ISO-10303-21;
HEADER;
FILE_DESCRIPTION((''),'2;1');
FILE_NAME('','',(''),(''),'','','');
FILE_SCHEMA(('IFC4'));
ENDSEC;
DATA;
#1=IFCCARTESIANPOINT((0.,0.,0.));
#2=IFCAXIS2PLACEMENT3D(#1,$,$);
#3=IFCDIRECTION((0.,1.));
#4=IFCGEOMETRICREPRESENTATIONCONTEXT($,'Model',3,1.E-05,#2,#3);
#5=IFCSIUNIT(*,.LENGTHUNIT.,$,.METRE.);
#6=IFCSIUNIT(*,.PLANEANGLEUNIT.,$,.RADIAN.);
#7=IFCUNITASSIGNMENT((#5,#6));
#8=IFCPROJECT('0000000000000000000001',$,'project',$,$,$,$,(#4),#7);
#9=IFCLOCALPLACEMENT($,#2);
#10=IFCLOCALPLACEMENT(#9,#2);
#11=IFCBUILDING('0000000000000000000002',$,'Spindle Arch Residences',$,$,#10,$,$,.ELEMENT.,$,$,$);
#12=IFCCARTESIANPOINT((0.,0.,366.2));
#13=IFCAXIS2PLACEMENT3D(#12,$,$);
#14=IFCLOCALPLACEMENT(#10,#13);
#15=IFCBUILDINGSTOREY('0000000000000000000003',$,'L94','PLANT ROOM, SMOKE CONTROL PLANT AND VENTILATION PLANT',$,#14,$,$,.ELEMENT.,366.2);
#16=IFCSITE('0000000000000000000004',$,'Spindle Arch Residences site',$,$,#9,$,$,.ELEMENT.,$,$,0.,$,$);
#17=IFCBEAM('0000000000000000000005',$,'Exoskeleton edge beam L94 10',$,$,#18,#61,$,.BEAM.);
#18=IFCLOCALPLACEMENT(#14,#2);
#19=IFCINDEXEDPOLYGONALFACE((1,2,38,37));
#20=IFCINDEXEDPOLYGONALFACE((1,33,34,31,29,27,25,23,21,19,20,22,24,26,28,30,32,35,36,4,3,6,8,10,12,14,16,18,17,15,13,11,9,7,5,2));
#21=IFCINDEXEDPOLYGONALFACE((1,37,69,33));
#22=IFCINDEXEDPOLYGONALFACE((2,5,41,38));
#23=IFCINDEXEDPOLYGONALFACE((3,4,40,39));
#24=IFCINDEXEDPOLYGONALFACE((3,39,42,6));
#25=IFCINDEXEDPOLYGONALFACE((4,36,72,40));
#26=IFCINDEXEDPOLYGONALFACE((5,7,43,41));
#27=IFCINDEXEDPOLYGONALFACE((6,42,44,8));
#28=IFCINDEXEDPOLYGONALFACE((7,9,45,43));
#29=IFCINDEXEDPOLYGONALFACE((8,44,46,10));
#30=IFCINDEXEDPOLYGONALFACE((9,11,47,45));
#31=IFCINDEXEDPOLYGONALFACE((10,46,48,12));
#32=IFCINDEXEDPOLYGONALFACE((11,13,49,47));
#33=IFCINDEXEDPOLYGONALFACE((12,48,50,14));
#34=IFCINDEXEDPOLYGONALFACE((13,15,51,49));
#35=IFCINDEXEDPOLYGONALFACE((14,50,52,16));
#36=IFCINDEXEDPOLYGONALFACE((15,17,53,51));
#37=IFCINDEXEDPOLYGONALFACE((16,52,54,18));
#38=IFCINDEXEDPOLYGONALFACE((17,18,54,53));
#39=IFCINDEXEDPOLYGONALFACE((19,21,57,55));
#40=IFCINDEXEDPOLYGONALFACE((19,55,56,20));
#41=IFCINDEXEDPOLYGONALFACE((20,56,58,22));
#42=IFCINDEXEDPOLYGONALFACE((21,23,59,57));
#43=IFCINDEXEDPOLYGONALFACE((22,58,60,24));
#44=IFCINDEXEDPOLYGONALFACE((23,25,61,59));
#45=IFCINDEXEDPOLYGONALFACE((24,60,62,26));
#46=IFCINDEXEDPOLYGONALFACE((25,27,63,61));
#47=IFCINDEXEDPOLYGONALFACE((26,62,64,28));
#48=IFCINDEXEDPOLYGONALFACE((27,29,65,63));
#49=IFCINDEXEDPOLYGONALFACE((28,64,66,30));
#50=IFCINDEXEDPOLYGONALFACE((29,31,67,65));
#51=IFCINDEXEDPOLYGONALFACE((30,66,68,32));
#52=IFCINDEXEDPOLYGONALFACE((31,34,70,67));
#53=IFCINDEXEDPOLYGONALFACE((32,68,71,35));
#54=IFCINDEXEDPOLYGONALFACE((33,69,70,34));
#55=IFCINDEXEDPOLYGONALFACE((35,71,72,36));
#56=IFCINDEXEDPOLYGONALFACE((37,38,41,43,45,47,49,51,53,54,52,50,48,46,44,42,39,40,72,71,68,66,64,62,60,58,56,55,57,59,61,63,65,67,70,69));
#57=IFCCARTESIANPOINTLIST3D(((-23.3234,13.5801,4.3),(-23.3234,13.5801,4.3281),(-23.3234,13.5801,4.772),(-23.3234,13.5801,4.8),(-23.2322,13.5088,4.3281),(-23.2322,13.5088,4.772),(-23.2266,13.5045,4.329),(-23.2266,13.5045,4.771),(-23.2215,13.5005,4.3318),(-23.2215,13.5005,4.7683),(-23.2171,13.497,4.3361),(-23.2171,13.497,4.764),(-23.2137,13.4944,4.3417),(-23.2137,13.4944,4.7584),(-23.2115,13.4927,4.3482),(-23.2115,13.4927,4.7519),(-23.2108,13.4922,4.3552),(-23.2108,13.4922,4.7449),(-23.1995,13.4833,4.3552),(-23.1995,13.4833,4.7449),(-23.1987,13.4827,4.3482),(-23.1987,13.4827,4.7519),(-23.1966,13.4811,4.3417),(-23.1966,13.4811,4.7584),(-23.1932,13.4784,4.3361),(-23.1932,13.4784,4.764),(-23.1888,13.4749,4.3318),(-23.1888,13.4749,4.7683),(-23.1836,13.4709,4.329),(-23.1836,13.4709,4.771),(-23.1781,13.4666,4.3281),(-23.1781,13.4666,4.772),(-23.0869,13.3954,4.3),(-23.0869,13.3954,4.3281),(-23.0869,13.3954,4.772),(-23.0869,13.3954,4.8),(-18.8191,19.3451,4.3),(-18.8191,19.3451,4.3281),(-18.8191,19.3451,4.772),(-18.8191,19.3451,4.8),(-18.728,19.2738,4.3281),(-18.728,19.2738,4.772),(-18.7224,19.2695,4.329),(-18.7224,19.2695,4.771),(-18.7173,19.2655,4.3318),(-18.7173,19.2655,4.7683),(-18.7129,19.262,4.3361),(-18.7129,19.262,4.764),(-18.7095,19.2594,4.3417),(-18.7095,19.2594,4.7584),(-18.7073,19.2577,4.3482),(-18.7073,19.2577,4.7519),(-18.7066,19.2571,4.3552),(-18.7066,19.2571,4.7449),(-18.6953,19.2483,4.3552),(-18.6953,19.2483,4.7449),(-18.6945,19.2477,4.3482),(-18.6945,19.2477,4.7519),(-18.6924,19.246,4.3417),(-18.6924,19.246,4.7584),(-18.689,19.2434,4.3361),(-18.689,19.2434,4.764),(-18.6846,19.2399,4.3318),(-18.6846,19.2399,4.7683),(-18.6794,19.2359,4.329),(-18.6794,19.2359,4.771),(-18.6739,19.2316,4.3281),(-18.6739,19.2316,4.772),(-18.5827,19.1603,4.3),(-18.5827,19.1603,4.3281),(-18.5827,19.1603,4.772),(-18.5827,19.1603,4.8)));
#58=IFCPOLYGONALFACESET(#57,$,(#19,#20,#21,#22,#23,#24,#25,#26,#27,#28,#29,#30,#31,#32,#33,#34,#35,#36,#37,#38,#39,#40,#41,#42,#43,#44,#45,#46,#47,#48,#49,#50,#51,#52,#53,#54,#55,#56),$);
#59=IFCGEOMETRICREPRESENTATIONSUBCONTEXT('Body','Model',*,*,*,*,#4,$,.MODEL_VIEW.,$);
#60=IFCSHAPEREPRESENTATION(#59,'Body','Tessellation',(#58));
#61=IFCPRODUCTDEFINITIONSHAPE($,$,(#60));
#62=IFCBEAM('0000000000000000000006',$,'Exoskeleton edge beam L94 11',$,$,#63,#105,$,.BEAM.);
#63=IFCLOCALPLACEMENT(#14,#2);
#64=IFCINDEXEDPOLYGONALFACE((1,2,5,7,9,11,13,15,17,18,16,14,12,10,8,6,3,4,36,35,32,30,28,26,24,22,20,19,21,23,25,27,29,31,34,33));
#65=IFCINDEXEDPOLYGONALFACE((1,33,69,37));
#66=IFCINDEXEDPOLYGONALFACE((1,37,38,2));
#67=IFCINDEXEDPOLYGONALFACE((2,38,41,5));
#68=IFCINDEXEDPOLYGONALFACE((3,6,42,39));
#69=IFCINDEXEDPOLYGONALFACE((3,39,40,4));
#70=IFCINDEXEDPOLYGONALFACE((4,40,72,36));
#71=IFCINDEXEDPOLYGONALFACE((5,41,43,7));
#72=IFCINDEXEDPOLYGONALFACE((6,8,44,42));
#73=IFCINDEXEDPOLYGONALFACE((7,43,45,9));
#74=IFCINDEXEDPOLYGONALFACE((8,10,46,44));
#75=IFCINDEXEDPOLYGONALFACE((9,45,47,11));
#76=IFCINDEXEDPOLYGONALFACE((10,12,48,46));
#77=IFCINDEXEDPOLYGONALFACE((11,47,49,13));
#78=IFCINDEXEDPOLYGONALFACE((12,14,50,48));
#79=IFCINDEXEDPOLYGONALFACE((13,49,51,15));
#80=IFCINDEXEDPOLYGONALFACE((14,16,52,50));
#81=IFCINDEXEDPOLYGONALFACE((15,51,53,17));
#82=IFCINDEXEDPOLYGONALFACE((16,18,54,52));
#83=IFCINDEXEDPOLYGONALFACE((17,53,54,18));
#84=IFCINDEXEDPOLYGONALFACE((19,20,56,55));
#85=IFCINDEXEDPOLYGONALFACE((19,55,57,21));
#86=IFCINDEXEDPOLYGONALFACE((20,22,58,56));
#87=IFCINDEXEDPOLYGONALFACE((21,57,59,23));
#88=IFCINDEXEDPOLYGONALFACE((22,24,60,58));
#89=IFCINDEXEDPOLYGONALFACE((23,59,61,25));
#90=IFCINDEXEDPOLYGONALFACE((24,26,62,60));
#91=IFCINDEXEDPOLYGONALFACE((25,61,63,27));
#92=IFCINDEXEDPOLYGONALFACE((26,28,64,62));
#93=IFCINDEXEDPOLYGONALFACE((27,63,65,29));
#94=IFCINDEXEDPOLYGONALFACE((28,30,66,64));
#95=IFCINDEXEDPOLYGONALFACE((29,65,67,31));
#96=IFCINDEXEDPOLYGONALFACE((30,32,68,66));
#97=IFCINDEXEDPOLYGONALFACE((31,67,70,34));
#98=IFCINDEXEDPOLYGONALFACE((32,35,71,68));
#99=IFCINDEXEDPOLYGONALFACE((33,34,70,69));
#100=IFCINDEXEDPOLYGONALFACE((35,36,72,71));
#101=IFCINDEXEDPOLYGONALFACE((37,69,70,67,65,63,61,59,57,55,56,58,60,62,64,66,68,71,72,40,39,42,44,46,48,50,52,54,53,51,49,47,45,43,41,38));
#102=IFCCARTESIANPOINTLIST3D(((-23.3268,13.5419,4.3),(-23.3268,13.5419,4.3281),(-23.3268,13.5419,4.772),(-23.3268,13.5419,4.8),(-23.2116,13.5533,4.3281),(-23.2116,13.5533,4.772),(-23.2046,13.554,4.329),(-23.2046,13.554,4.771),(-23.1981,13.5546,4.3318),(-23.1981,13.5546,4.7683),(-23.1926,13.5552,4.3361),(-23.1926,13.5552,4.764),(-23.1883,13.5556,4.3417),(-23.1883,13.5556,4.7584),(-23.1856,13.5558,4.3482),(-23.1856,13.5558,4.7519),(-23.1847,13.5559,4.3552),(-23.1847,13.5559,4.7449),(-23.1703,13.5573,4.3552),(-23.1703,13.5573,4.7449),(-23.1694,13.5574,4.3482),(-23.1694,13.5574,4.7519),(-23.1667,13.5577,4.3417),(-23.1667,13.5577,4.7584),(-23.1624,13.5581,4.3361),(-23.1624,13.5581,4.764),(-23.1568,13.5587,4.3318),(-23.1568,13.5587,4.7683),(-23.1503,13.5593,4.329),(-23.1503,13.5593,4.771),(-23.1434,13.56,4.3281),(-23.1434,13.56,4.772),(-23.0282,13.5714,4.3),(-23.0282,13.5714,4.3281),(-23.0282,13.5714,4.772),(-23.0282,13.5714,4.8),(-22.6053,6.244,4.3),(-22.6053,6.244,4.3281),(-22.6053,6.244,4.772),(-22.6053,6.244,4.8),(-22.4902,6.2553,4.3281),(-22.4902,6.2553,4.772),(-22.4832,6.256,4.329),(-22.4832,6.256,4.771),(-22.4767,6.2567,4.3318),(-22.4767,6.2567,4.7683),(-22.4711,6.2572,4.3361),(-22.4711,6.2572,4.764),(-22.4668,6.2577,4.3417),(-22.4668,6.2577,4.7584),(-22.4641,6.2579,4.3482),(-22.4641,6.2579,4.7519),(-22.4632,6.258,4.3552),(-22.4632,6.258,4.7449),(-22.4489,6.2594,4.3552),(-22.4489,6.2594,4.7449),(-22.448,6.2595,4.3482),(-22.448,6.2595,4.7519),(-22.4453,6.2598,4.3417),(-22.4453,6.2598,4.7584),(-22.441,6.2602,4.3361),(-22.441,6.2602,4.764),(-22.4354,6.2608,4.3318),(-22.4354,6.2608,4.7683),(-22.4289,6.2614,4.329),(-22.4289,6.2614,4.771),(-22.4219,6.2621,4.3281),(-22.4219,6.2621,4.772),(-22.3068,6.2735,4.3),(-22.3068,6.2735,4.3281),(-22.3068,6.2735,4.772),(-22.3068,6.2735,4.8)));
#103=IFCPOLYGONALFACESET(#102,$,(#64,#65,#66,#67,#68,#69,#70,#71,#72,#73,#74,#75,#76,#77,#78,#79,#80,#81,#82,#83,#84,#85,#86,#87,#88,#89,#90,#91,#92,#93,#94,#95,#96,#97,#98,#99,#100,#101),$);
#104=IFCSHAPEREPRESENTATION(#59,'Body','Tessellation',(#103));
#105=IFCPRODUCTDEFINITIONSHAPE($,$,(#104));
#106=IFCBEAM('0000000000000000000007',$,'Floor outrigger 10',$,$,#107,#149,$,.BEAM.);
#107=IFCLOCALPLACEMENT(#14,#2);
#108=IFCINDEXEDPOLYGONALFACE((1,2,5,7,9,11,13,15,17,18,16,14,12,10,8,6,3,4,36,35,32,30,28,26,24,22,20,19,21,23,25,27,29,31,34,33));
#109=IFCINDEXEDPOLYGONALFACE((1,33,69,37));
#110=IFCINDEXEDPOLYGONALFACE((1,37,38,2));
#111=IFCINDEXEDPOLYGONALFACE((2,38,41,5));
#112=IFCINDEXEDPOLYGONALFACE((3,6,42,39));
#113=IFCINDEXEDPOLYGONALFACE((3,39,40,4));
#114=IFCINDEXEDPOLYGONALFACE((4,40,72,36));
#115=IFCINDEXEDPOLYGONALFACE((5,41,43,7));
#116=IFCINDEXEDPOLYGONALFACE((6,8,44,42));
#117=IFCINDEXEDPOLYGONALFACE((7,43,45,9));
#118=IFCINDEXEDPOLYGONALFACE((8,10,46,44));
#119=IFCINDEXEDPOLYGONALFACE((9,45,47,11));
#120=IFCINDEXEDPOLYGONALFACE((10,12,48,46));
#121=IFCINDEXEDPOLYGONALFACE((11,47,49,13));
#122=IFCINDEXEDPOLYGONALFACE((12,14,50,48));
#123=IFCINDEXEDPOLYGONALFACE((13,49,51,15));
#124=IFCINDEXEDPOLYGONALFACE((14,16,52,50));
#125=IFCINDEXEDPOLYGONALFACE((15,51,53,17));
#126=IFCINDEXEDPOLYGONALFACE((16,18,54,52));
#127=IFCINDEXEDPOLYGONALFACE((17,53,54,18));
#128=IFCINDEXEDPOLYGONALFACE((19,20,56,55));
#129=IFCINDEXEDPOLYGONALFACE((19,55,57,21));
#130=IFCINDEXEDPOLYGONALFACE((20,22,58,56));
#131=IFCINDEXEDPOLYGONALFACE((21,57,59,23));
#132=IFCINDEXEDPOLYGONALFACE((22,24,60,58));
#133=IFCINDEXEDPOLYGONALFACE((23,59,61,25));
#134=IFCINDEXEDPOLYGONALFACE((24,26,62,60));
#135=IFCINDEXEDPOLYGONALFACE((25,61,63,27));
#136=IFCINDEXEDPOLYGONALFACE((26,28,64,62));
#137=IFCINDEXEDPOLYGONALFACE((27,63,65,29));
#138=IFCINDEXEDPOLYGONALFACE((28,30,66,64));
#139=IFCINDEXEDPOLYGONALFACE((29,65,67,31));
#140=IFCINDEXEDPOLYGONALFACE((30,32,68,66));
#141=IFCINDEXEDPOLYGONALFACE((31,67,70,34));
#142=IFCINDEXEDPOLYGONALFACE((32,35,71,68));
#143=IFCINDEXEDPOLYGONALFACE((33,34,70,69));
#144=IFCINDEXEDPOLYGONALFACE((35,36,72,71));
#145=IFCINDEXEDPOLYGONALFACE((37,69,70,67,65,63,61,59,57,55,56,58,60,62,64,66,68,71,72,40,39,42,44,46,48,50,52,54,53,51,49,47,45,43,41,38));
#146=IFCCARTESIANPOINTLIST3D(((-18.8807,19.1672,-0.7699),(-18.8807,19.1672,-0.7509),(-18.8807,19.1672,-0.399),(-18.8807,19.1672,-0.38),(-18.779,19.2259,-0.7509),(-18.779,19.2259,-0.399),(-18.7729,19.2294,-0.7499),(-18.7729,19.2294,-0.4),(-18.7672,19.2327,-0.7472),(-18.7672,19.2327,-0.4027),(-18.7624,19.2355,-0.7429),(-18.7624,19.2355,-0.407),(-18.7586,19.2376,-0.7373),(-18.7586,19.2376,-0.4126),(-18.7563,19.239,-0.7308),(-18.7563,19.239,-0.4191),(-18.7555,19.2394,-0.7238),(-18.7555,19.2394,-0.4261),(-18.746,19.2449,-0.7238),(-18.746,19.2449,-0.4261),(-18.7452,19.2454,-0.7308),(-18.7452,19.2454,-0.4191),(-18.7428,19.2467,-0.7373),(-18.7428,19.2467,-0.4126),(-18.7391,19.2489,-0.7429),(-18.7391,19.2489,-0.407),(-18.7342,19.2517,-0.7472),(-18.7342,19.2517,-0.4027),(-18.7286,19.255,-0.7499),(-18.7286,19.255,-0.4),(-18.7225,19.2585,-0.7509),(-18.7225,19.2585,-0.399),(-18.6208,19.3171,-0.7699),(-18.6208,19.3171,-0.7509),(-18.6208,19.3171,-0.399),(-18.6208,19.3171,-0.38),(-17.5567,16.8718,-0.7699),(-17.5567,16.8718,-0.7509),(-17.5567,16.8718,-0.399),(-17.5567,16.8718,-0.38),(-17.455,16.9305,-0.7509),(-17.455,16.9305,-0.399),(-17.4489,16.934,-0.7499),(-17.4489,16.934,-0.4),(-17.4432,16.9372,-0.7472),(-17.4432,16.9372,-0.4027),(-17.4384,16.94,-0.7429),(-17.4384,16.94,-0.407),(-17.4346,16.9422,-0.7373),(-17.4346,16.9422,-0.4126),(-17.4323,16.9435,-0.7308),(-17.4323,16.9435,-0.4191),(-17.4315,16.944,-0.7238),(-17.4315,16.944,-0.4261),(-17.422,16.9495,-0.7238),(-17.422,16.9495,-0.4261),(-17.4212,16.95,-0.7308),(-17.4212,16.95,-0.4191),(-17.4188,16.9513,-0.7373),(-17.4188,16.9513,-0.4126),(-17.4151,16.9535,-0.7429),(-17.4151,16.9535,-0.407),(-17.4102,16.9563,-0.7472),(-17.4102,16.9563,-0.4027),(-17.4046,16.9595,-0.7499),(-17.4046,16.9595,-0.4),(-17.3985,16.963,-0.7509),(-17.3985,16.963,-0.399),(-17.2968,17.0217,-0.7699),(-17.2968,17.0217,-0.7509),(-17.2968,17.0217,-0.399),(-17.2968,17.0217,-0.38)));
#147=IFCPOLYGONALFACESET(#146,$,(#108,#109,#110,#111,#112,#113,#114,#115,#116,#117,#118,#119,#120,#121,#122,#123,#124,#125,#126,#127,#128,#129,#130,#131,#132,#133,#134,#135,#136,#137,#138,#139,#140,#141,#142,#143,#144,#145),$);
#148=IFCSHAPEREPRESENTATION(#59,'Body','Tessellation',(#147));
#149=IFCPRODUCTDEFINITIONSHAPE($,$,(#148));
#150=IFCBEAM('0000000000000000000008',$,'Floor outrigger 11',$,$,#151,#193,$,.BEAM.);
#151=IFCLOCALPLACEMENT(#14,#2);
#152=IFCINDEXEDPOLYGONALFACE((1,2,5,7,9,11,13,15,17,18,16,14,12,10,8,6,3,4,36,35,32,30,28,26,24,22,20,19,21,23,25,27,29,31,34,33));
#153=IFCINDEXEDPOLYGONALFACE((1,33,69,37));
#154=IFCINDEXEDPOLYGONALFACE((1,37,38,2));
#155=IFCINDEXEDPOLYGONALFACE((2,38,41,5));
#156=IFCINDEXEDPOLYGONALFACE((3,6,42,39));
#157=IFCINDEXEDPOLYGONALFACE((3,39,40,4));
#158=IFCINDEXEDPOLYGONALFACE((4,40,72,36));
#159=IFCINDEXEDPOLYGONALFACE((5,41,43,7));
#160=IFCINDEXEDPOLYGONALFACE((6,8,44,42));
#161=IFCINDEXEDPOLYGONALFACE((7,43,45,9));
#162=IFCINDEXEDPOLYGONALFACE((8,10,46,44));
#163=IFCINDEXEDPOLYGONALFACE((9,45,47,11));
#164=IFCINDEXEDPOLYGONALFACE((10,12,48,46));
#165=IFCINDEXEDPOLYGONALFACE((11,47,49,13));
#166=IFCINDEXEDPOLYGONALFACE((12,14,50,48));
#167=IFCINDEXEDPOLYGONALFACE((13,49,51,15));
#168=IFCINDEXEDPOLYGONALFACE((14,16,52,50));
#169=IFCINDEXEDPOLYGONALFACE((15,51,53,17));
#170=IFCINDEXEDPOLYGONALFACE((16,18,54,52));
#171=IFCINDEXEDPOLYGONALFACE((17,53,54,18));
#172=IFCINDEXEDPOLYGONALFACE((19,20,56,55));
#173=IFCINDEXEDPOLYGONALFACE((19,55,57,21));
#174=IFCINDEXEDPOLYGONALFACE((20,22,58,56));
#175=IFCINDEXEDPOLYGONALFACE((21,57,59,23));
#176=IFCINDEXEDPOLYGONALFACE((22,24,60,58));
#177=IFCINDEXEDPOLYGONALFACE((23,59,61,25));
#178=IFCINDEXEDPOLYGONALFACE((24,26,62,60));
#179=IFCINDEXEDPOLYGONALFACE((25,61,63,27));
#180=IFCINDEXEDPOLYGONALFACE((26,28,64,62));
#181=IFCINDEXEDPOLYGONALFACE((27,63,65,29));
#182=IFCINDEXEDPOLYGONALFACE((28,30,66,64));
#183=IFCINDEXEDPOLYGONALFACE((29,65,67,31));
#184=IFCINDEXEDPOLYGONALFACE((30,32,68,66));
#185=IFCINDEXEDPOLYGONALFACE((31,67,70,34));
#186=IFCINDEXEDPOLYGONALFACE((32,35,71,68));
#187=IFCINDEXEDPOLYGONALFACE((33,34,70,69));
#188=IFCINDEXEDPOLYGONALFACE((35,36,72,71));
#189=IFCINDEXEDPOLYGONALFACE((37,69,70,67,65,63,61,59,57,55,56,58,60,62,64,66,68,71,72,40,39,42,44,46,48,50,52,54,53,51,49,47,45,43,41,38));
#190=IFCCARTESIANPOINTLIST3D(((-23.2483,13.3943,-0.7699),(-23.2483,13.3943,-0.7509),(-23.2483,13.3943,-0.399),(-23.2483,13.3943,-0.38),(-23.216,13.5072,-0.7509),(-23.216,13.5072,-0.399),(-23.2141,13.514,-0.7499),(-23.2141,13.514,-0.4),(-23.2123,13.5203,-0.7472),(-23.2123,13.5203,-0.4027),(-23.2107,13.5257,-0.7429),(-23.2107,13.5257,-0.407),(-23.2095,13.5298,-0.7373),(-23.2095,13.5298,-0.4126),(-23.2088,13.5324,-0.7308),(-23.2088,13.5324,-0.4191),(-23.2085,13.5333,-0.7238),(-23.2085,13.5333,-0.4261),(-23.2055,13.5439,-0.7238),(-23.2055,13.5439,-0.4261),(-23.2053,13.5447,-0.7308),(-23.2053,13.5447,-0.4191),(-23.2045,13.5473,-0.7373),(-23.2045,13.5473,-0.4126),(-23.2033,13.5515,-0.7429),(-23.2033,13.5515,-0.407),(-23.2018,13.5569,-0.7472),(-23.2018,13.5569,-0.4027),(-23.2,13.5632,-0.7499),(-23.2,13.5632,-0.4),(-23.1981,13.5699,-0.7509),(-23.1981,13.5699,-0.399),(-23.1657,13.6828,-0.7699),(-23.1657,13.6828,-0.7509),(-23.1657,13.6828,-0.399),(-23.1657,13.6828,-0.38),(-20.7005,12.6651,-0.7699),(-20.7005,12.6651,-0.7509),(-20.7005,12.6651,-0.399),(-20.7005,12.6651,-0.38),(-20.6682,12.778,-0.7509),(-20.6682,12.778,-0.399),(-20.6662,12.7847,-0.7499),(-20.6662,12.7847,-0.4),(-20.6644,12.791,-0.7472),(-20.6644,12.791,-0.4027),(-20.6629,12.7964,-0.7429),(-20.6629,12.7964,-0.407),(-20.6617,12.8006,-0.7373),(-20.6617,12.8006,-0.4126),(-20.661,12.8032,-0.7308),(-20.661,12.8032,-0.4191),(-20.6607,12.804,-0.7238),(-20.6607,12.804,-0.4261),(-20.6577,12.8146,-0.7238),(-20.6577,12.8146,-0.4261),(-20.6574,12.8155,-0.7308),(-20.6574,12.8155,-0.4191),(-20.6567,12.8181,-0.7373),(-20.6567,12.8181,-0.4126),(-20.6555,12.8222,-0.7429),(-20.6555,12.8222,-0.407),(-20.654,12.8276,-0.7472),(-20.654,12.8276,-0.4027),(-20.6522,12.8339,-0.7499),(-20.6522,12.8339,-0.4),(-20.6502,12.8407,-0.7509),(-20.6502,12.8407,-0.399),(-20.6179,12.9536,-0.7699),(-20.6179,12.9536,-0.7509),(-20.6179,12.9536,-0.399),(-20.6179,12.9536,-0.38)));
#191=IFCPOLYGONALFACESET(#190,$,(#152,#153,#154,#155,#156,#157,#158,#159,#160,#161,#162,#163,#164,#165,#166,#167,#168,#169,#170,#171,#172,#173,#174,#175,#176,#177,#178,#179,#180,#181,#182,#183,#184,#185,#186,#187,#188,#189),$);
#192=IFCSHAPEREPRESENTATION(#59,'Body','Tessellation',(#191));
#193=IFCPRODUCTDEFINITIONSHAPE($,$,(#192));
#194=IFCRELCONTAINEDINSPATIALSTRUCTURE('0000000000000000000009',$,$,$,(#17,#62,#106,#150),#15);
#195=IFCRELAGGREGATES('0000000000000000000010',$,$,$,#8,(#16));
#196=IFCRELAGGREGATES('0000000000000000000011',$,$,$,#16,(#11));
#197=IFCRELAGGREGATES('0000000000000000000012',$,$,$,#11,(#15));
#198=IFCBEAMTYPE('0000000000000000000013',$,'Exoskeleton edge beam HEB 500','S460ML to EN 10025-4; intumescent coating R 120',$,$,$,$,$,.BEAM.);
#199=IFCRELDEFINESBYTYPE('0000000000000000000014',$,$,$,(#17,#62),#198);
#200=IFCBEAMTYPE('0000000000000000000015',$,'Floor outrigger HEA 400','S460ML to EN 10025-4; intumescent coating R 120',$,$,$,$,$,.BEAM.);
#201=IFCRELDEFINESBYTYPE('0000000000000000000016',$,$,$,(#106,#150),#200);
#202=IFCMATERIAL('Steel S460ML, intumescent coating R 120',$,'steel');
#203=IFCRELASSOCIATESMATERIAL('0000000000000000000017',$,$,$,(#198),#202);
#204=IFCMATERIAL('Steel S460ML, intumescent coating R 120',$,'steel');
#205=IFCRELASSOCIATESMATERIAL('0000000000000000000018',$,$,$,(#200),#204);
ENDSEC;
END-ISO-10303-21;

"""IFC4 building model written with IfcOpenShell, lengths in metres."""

from ifc_helpers import new_model, si_unit, direction, frame, origin, origin_2d, place, context, subcontext, project, spatial, i_section, extrude, material, material_profile, profile_set, type_object, element, save


model = new_model("IFC4")

# Units and contexts
model_context = context("Model", 3, precision=1e-05, world=origin(), true_north=direction((0.0, 1.0)))
body_context = subcontext(model_context, "Body", "Model", "MODEL_VIEW")
ifc_project = project(units=[si_unit("LENGTHUNIT", "METRE"), si_unit("PLANEANGLEUNIT", "RADIAN")], contexts=[model_context])

# Site, building, storey
site_placement = place(None, origin())
site = spatial("IfcSite", under=ifc_project, at=site_placement, Name="Spindle Arch Residences site", CompositionType="ELEMENT", RefElevation=0.0)
building_placement = place(site_placement, origin())
building = spatial("IfcBuilding", under=site, at=building_placement, Name="Spindle Arch Residences", CompositionType="ELEMENT")
storey_placement = place(building_placement, frame((0.0, 0.0, 366.2)))
storey = spatial("IfcBuildingStorey", under=building, at=storey_placement, Name="L94", Description="PLANT ROOM, SMOKE CONTROL PLANT AND VENTILATION PLANT", CompositionType="ELEMENT", Elevation=366.2)

# Beams
ifc_material_1 = material(Name="Steel S460ML, intumescent coating R 120", Category="steel")
ifc_material_profile_1 = material_profile(ifc_material_1, i_section(OverallWidth=0.3, OverallDepth=0.5, WebThickness=0.0144, FlangeThickness=0.0281, FilletRadius=0.0271, at=origin_2d()), Name="HEB 500")
ifc_profile_set_1 = profile_set([ifc_material_profile_1], Name="Steel S460ML, intumescent coating R 120")
beam_type_1 = type_object("IfcBeamType", Name="Exoskeleton edge beam HEB 500", Description="S460ML to EN 10025-4; intumescent coating R 120", PredefinedType="BEAM", material=ifc_profile_set_1)
beam_1_placement = place(storey_placement, frame((-18.7009, 19.2527, 4.55), z_axis=(-0.615672, -0.788003, 0.0), x_axis=(0.788003, -0.615672, 0.0)))
element("IfcBeam", 1, at=beam_1_placement, inside=storey, type_object=beam_type_1, Name="Exoskeleton edge beam L94 10", PredefinedType="BEAM", context=body_context, shape_type="SweptSolid", body=[
    extrude(i_section(OverallWidth=0.3, OverallDepth=0.5, WebThickness=0.0144, FlangeThickness=0.0281, FilletRadius=0.0271, at=origin_2d()), origin(), (0.0, 0.0, 1.0), 7.3159),
])
beam_2_placement = place(storey_placement, frame((-23.1775, 13.5566, 4.55), z_axis=(0.098376, -0.995149, 0.0), x_axis=(0.995149, 0.098376, 0.0)))
element("IfcBeam", 2, at=beam_2_placement, inside=storey, type_object=beam_type_1, Name="Exoskeleton edge beam L94 11", PredefinedType="BEAM", context=body_context, shape_type="SweptSolid", body=[
    extrude(i_section(OverallWidth=0.3, OverallDepth=0.5, WebThickness=0.0144, FlangeThickness=0.0281, FilletRadius=0.0271, at=origin_2d()), origin(), (0.0, 0.0, 1.0), 7.3335),
])
ifc_material_2 = material(Name="Steel S460ML, intumescent coating R 120", Category="steel")
ifc_material_profile_2 = material_profile(ifc_material_2, i_section(OverallWidth=0.3, OverallDepth=0.3899, WebThickness=0.011, FlangeThickness=0.019, FilletRadius=0.0271, at=origin_2d()), Name="HEA 400")
ifc_profile_set_2 = profile_set([ifc_material_profile_2], Name="Steel S460ML, intumescent coating R 120")
beam_type_2 = type_object("IfcBeamType", Name="Floor outrigger HEA 400", Description="S460ML to EN 10025-4; intumescent coating R 120", PredefinedType="BEAM", material=ifc_profile_set_2)
beam_3_placement = place(storey_placement, frame((-18.7507, 19.2422, -0.575), z_axis=(0.499637, -0.866235, 0.0), x_axis=(0.866235, 0.499637, 0.0)))
element("IfcBeam", 3, at=beam_3_placement, inside=storey, type_object=beam_type_2, Name="Floor outrigger 10", PredefinedType="BEAM", context=body_context, shape_type="SweptSolid", body=[
    extrude(i_section(OverallWidth=0.3, OverallDepth=0.3899, WebThickness=0.011, FlangeThickness=0.019, FilletRadius=0.0271, at=origin_2d()), origin(), (0.0, 0.0, 1.0), 2.6499),
])
beam_4_placement = place(storey_placement, frame((-23.207, 13.5386, -0.575), z_axis=(0.961395, -0.275171, 0.0), x_axis=(0.275171, 0.961395, 0.0)))
element("IfcBeam", 4, at=beam_4_placement, inside=storey, type_object=beam_type_2, Name="Floor outrigger 11", PredefinedType="BEAM", context=body_context, shape_type="SweptSolid", body=[
    extrude(i_section(OverallWidth=0.3, OverallDepth=0.3899, WebThickness=0.011, FlangeThickness=0.019, FilletRadius=0.0271, at=origin_2d()), origin(), (0.0, 0.0, 1.0), 2.6501),
])

save(model, "model.ifc")
